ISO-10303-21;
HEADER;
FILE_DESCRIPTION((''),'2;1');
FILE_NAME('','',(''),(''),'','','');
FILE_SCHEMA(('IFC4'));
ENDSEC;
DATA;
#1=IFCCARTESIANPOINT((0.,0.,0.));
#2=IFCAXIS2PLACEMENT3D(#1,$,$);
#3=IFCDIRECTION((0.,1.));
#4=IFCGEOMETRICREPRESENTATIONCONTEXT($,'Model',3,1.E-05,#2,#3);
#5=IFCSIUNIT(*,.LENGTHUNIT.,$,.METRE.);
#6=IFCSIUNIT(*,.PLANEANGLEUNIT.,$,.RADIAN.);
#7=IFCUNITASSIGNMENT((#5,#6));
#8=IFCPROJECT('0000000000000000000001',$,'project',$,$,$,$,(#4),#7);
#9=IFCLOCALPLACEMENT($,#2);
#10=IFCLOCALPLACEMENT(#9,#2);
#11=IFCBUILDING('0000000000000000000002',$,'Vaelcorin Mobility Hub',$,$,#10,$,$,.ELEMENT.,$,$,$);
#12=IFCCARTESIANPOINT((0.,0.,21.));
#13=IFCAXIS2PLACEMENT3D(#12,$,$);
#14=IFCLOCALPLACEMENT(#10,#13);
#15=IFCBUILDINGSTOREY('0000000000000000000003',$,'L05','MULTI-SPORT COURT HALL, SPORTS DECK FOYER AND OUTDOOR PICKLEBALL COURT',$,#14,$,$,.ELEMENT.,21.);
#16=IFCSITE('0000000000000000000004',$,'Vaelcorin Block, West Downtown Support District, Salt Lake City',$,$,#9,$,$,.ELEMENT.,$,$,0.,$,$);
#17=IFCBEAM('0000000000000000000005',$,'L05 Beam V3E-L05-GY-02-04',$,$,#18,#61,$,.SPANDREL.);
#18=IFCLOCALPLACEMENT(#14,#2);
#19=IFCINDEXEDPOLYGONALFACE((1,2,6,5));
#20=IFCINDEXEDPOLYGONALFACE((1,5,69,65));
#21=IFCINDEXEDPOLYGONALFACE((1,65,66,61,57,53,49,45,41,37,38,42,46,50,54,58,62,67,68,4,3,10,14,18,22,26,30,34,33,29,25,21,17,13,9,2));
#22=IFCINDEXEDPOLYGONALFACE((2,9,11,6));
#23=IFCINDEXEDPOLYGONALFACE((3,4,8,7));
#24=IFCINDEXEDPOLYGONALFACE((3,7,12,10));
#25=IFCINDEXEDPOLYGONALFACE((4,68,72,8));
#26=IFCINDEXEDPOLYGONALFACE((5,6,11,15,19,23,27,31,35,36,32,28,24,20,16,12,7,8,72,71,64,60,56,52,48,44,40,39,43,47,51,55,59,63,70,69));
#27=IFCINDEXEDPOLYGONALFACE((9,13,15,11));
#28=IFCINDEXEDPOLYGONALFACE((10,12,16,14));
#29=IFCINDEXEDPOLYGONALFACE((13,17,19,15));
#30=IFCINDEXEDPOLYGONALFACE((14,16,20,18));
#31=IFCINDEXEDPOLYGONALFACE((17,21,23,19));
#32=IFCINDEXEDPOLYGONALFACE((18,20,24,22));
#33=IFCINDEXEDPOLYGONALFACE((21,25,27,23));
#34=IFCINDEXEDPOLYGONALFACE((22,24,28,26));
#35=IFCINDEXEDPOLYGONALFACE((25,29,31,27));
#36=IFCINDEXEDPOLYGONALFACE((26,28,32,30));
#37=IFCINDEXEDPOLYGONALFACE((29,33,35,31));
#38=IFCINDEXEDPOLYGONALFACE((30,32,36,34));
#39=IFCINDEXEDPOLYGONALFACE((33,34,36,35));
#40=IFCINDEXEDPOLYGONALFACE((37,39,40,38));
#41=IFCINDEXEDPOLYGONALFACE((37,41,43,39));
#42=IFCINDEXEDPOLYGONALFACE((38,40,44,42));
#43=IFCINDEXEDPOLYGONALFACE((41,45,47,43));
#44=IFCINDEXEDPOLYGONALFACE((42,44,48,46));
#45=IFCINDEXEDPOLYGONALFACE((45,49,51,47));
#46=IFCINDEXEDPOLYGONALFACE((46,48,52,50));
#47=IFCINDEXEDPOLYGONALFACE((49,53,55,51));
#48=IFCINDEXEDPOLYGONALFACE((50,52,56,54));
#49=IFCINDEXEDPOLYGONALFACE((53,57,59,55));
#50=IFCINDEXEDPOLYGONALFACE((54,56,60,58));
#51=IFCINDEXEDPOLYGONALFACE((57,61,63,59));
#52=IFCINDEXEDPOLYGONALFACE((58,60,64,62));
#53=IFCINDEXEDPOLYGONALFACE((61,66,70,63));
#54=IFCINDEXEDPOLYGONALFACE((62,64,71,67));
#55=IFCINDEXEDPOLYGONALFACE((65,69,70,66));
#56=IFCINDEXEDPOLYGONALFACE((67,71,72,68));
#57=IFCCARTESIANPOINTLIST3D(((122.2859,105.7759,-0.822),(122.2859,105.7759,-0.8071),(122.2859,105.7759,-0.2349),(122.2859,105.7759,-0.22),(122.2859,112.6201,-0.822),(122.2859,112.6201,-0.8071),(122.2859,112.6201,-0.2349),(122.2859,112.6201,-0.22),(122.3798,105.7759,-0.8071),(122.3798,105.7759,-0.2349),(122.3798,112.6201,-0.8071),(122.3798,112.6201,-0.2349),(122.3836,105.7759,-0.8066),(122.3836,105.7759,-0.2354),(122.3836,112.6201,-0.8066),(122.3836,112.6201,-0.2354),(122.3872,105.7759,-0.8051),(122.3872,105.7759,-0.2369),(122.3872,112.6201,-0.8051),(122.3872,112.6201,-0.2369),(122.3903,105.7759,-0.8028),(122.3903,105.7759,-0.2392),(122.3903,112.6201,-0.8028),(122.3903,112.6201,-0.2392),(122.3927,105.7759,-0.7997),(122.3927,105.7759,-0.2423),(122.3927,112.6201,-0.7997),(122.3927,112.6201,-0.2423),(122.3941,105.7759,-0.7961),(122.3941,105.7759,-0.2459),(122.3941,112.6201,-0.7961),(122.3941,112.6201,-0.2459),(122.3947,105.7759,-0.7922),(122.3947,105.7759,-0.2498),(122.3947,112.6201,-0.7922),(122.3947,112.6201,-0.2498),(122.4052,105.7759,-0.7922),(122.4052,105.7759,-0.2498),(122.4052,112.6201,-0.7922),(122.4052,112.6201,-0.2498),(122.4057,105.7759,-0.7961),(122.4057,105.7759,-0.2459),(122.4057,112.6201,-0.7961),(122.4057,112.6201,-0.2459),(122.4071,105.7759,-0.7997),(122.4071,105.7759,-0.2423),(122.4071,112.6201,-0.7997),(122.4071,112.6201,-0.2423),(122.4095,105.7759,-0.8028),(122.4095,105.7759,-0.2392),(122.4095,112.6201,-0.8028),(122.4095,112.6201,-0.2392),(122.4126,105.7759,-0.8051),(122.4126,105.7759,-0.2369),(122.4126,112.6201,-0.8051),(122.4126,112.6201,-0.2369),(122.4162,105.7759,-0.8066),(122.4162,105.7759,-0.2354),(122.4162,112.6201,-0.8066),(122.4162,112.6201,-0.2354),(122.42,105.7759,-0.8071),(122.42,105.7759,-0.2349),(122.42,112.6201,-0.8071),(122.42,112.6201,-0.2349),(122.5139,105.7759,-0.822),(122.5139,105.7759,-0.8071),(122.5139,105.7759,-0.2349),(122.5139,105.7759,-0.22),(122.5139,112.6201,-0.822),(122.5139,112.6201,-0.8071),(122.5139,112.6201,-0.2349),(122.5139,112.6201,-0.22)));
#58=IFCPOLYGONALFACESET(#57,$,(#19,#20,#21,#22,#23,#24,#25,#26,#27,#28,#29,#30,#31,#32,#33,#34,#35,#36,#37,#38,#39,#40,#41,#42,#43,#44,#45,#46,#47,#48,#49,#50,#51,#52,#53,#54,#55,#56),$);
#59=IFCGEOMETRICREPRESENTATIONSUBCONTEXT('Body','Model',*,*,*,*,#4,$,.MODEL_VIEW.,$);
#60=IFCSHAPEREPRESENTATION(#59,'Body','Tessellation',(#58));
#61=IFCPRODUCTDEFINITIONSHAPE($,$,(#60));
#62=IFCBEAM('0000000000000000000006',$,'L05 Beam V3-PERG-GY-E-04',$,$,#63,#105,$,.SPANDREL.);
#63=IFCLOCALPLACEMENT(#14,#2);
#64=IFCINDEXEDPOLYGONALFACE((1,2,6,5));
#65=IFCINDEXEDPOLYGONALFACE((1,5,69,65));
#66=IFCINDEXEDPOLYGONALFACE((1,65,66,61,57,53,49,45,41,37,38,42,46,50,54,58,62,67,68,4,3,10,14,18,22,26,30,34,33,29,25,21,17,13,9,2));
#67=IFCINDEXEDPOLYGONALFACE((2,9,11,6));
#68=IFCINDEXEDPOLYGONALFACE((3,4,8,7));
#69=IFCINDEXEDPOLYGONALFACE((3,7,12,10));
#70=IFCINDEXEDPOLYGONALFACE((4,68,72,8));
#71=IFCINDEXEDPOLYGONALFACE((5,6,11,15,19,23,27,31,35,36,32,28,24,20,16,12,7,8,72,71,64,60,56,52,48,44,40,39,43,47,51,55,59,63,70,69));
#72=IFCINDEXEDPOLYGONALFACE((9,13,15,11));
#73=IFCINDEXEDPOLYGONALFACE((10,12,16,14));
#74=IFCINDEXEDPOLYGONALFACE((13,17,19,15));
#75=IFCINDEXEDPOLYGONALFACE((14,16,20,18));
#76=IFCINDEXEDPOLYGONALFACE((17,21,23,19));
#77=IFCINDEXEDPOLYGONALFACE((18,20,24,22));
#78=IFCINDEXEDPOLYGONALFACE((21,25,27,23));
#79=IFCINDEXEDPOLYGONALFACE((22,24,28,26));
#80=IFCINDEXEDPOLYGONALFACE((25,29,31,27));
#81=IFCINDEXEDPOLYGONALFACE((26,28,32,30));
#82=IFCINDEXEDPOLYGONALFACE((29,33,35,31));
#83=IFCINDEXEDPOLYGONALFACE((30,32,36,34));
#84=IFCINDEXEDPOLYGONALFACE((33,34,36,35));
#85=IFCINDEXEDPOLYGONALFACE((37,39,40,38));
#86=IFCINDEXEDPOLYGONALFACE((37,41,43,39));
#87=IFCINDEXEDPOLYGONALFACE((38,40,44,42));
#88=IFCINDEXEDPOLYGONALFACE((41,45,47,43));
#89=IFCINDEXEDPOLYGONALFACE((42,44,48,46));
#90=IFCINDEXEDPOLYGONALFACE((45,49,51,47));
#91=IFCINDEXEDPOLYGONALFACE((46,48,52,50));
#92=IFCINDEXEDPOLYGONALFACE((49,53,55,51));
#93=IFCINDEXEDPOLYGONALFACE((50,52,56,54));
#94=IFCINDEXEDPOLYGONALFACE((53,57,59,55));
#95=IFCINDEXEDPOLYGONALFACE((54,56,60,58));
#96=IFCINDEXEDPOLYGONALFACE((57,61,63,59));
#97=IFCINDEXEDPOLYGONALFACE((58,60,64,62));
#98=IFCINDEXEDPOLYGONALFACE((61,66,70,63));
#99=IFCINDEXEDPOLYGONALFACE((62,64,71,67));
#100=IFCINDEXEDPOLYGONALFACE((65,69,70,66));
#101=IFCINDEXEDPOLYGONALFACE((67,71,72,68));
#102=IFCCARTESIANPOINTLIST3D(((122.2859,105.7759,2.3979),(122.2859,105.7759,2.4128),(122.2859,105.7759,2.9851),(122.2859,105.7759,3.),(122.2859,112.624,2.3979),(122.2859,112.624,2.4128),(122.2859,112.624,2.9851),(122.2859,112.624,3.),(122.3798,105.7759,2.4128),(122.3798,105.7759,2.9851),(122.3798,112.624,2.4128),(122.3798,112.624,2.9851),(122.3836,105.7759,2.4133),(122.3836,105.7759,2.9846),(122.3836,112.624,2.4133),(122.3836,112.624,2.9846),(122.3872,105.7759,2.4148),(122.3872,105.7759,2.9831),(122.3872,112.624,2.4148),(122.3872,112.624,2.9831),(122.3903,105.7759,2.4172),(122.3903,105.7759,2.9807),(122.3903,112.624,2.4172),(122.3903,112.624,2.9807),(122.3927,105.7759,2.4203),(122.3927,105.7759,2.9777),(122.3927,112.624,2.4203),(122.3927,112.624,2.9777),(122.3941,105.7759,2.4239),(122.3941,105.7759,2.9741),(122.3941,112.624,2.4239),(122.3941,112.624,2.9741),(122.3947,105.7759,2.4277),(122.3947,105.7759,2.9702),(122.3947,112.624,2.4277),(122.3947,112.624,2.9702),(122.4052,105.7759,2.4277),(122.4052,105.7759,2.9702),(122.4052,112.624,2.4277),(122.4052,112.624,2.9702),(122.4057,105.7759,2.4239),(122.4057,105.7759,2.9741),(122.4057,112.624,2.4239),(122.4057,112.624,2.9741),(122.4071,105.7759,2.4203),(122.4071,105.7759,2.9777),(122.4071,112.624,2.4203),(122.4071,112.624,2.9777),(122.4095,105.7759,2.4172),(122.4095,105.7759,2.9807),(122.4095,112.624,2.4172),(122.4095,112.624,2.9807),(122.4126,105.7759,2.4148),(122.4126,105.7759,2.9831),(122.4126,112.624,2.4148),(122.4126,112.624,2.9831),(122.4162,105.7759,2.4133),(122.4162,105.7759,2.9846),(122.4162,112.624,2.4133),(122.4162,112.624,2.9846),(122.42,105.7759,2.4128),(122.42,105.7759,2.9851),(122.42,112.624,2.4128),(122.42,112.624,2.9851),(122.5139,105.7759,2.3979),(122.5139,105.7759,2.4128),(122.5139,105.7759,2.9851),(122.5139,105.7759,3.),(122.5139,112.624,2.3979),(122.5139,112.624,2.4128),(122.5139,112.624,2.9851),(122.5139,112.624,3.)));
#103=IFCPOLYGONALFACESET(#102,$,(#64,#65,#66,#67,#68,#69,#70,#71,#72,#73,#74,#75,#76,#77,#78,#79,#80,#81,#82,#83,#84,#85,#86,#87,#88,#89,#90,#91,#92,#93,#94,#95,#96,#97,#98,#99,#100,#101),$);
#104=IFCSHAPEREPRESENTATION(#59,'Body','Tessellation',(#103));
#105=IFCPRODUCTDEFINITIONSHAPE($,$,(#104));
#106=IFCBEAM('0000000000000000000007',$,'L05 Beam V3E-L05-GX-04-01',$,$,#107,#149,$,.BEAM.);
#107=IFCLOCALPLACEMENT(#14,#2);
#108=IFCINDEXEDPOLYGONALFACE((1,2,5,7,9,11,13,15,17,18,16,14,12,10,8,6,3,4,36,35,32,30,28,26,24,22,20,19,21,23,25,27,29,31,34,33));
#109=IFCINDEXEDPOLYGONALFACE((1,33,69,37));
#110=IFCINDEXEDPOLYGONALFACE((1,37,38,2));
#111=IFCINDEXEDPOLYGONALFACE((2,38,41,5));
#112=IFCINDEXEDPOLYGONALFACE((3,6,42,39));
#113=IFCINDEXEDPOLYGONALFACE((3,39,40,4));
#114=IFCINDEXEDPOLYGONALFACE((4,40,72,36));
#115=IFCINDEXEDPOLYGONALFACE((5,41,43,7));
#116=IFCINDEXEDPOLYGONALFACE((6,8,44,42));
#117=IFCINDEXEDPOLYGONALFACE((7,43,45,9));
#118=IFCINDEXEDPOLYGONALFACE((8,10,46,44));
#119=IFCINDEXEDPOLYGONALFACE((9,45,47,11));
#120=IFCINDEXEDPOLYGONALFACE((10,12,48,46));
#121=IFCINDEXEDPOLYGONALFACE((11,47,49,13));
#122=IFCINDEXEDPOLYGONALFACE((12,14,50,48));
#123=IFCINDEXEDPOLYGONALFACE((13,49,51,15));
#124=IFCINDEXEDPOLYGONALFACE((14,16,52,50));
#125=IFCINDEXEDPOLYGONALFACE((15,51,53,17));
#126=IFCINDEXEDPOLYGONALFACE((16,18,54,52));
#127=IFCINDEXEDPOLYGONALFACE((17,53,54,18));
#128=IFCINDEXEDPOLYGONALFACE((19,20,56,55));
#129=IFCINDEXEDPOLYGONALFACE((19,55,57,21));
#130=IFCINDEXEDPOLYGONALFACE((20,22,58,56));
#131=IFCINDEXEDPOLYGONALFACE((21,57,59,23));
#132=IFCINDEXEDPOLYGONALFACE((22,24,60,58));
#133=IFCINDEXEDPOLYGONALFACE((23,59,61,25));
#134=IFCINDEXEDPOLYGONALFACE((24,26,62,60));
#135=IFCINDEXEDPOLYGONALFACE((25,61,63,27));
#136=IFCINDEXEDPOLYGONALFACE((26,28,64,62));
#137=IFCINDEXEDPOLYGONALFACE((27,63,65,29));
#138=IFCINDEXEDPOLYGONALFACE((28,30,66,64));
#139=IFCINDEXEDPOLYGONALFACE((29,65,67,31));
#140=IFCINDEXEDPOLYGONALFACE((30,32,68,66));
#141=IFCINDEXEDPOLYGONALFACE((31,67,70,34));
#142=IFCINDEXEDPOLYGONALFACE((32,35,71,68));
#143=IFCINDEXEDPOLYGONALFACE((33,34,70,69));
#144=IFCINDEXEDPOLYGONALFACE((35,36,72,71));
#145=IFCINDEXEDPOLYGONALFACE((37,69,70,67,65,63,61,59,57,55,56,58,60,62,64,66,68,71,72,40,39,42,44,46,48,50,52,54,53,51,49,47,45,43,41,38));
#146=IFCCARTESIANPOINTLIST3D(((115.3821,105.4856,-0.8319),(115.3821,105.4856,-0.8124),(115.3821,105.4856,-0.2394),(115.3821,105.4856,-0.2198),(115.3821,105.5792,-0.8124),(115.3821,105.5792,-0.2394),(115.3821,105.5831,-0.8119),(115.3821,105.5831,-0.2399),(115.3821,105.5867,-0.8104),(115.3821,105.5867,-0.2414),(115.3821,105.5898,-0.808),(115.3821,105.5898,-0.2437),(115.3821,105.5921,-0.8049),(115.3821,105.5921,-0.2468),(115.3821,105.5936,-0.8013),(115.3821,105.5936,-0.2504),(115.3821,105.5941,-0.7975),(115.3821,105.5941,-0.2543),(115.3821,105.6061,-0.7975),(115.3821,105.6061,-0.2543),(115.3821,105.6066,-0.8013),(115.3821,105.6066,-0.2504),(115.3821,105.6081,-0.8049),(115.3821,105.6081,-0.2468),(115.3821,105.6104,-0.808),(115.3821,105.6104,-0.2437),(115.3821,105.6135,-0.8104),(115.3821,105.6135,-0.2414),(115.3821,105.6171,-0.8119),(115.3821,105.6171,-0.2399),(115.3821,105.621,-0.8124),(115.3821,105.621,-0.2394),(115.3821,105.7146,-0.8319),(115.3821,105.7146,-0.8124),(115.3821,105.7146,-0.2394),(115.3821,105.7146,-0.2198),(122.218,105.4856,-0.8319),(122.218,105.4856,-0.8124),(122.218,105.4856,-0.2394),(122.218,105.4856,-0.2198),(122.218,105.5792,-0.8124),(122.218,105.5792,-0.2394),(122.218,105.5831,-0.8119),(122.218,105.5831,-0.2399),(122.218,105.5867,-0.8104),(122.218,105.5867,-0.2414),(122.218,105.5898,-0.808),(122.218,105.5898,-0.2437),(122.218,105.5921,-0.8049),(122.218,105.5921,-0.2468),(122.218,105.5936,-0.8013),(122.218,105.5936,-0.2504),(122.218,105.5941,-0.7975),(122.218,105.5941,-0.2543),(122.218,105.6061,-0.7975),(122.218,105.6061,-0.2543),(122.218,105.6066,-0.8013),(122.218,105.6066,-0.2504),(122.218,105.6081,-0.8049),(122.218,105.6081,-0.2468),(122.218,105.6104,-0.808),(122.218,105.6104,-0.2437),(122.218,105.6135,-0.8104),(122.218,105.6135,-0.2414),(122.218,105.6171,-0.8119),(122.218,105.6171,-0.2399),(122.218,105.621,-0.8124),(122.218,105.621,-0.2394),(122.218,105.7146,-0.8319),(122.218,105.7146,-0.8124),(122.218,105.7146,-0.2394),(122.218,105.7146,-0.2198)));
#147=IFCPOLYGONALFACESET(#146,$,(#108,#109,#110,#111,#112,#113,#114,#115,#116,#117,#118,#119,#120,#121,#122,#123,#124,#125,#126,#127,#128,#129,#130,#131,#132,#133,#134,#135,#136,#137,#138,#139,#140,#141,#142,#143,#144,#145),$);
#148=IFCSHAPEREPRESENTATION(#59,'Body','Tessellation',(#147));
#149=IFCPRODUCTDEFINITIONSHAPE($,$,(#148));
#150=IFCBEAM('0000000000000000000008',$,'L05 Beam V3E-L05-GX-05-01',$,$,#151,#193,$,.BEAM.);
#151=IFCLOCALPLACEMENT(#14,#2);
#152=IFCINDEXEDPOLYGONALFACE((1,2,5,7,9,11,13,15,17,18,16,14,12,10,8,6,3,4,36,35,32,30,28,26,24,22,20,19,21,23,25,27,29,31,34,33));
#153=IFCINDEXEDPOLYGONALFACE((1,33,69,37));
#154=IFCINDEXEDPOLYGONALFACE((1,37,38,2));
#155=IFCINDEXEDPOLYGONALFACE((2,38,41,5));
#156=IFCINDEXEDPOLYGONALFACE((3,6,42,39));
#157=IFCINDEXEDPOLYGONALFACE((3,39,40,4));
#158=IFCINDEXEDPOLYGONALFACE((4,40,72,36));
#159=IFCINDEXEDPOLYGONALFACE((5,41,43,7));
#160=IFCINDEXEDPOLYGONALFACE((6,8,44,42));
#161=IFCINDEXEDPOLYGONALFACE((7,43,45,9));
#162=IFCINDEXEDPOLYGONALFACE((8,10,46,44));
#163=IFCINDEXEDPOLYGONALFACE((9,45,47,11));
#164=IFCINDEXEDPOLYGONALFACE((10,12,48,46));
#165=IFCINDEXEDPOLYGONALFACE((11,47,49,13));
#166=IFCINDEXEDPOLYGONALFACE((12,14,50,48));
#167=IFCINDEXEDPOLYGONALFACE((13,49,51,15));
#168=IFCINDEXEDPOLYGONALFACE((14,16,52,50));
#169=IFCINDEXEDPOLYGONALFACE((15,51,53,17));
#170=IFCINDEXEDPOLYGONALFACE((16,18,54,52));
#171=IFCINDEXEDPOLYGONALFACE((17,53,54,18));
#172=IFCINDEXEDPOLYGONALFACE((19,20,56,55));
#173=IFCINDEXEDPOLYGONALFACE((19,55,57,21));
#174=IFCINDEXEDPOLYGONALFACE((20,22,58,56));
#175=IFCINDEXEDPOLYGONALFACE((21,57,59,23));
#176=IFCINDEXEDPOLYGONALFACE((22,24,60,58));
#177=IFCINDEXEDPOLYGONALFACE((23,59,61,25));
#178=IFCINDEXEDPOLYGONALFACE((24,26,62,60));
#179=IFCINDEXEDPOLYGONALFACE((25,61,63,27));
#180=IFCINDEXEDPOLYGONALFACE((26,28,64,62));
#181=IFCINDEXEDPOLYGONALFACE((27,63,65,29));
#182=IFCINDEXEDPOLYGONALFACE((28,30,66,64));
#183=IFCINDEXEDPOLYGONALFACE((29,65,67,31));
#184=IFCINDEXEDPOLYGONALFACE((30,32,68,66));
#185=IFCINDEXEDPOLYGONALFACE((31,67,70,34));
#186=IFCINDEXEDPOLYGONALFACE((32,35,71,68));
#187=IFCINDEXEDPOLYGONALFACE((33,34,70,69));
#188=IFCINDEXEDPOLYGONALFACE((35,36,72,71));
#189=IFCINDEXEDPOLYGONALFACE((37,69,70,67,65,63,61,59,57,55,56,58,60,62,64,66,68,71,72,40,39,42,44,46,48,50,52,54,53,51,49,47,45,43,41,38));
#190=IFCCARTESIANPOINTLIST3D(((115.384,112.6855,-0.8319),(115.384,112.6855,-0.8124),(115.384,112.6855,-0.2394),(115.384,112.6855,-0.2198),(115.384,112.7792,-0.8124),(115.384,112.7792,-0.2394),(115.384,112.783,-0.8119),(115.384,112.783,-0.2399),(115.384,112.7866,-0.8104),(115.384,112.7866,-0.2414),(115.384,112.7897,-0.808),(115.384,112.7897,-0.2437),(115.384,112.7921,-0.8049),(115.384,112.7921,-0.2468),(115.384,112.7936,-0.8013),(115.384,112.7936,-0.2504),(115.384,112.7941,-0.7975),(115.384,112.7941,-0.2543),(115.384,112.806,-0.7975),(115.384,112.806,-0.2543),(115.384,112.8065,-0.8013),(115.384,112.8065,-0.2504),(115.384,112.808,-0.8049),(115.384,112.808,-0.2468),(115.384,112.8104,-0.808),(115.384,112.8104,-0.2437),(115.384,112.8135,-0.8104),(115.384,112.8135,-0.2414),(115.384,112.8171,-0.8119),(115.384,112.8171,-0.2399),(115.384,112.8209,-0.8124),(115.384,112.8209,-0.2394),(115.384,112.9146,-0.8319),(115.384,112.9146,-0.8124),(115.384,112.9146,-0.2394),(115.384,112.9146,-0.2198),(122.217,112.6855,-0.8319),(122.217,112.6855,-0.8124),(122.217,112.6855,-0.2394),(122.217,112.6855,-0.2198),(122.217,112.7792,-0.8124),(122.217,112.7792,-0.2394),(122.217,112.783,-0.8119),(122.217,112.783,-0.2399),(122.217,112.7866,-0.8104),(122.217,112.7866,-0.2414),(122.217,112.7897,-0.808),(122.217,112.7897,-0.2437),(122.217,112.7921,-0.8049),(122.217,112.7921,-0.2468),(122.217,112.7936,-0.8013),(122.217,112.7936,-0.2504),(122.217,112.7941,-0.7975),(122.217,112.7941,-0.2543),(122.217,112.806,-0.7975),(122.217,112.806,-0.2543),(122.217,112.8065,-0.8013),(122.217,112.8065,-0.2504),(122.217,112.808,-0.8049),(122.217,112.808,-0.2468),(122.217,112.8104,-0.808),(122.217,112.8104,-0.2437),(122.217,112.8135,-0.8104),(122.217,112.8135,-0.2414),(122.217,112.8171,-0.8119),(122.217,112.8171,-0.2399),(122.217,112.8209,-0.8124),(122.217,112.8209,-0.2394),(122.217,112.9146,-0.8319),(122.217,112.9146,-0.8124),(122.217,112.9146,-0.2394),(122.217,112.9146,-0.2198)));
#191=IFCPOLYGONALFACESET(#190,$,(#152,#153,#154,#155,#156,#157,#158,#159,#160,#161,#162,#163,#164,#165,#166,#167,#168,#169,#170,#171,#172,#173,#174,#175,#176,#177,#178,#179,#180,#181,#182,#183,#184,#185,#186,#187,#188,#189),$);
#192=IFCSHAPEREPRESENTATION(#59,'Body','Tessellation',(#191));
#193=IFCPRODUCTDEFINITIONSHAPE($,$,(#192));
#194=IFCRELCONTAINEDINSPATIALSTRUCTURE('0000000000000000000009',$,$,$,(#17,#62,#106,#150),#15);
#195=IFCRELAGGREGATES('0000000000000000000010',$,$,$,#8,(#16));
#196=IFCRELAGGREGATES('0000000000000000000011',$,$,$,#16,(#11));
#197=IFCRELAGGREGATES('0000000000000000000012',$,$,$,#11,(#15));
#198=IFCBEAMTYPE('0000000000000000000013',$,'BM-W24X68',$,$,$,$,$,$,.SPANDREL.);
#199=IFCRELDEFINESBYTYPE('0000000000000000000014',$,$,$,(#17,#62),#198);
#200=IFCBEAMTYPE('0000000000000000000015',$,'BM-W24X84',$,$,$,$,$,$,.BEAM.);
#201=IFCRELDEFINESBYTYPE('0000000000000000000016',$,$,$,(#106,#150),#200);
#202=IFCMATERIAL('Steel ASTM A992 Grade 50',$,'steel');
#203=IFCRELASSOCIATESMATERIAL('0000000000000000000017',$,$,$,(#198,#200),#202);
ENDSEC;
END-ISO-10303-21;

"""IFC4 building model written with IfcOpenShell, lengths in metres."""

from ifc_helpers import new_model, si_unit, direction, frame, origin, origin_2d, place, context, subcontext, project, spatial, i_section, extrude, material, material_profile, profile_set, type_object, element, save


model = new_model("IFC4")

# Units and contexts
model_context = context("Model", 3, precision=1e-05, world=origin(), true_north=direction((0.0, 1.0)))
body_context = subcontext(model_context, "Body", "Model", "MODEL_VIEW")
ifc_project = project(units=[si_unit("LENGTHUNIT", "METRE"), si_unit("PLANEANGLEUNIT", "RADIAN")], contexts=[model_context])

# Site, building, storey
site_placement = place(None, origin())
site = spatial("IfcSite", under=ifc_project, at=site_placement, Name="Vaelcorin Block, West Downtown Support District, Salt Lake City", CompositionType="ELEMENT", RefElevation=0.0)
building_placement = place(site_placement, origin())
building = spatial("IfcBuilding", under=site, at=building_placement, Name="Vaelcorin Mobility Hub", CompositionType="ELEMENT")
storey_placement = place(building_placement, frame((0.0, 0.0, 21.0)))
storey = spatial("IfcBuildingStorey", under=building, at=storey_placement, Name="L05", Description="MULTI-SPORT COURT HALL, SPORTS DECK FOYER AND OUTDOOR PICKLEBALL COURT", CompositionType="ELEMENT", Elevation=21.0)

# Shared definitions
ifc_material_1 = material(Name="Steel ASTM A992 Grade 50", Category="steel")

# Beams
ifc_material_profile_1 = material_profile(ifc_material_1, i_section(OverallWidth=0.228, OverallDepth=0.6021, WebThickness=0.0105, FlangeThickness=0.0149, FilletRadius=0.0149, at=origin_2d()), Name="W24X68")
ifc_profile_set_1 = profile_set([ifc_material_profile_1], Name="Steel ASTM A992 Grade 50")
beam_type_1 = type_object("IfcBeamType", Name="BM-W24X68", PredefinedType="SPANDREL", material=ifc_profile_set_1)
beam_1_placement = place(storey_placement, frame((122.3999, 105.7759, -0.521), z_axis=(0.0, 1.0, 0.0), x_axis=(-1.0, 0.0, 0.0)))
element("IfcBeam", 1, at=beam_1_placement, inside=storey, type_object=beam_type_1, Name="L05 Beam V3E-L05-GY-02-04", PredefinedType="SPANDREL", context=body_context, shape_type="SweptSolid", body=[
    extrude(i_section(OverallWidth=0.228, OverallDepth=0.6021, WebThickness=0.0105, FlangeThickness=0.0149, FilletRadius=0.0149, at=origin_2d()), origin(), (0.0, 0.0, 1.0), 6.8442),
])
beam_2_placement = place(storey_placement, frame((122.3999, 105.7759, 2.699), z_axis=(0.0, 1.0, 0.0), x_axis=(-1.0, 0.0, 0.0)))
element("IfcBeam", 2, at=beam_2_placement, inside=storey, type_object=beam_type_1, Name="L05 Beam V3-PERG-GY-E-04", PredefinedType="SPANDREL", context=body_context, shape_type="SweptSolid", body=[
    extrude(i_section(OverallWidth=0.228, OverallDepth=0.6021, WebThickness=0.0105, FlangeThickness=0.0149, FilletRadius=0.0149, at=origin_2d()), origin(), (0.0, 0.0, 1.0), 6.8481),
])
ifc_material_profile_2 = material_profile(ifc_material_1, i_section(OverallWidth=0.229, OverallDepth=0.6121, WebThickness=0.012, FlangeThickness=0.0195, FilletRadius=0.0149, at=origin_2d()), Name="W24X84")
ifc_profile_set_2 = profile_set([ifc_material_profile_2], Name="Steel ASTM A992 Grade 50")
beam_type_2 = type_object("IfcBeamType", Name="BM-W24X84", PredefinedType="BEAM", material=ifc_profile_set_2)
beam_3_placement = place(storey_placement, frame((115.3821, 105.6001, -0.5259), z_axis=(1.0, 0.0, 0.0), x_axis=(0.0, 1.0, 0.0)))
element("IfcBeam", 3, at=beam_3_placement, inside=storey, type_object=beam_type_2, Name="L05 Beam V3E-L05-GX-04-01", PredefinedType="BEAM", context=body_context, shape_type="SweptSolid", body=[
    extrude(i_section(OverallWidth=0.229, OverallDepth=0.6121, WebThickness=0.012, FlangeThickness=0.0195, FilletRadius=0.0149, at=origin_2d()), origin(), (0.0, 0.0, 1.0), 6.8359),
])
beam_4_placement = place(storey_placement, frame((115.384, 112.8, -0.5259), z_axis=(1.0, 0.0, 0.0), x_axis=(0.0, 1.0, 0.0)))
element("IfcBeam", 4, at=beam_4_placement, inside=storey, type_object=beam_type_2, Name="L05 Beam V3E-L05-GX-05-01", PredefinedType="BEAM", context=body_context, shape_type="SweptSolid", body=[
    extrude(i_section(OverallWidth=0.229, OverallDepth=0.6121, WebThickness=0.012, FlangeThickness=0.0195, FilletRadius=0.0149, at=origin_2d()), origin(), (0.0, 0.0, 1.0), 6.833),
])

save(model, "model.ifc")
